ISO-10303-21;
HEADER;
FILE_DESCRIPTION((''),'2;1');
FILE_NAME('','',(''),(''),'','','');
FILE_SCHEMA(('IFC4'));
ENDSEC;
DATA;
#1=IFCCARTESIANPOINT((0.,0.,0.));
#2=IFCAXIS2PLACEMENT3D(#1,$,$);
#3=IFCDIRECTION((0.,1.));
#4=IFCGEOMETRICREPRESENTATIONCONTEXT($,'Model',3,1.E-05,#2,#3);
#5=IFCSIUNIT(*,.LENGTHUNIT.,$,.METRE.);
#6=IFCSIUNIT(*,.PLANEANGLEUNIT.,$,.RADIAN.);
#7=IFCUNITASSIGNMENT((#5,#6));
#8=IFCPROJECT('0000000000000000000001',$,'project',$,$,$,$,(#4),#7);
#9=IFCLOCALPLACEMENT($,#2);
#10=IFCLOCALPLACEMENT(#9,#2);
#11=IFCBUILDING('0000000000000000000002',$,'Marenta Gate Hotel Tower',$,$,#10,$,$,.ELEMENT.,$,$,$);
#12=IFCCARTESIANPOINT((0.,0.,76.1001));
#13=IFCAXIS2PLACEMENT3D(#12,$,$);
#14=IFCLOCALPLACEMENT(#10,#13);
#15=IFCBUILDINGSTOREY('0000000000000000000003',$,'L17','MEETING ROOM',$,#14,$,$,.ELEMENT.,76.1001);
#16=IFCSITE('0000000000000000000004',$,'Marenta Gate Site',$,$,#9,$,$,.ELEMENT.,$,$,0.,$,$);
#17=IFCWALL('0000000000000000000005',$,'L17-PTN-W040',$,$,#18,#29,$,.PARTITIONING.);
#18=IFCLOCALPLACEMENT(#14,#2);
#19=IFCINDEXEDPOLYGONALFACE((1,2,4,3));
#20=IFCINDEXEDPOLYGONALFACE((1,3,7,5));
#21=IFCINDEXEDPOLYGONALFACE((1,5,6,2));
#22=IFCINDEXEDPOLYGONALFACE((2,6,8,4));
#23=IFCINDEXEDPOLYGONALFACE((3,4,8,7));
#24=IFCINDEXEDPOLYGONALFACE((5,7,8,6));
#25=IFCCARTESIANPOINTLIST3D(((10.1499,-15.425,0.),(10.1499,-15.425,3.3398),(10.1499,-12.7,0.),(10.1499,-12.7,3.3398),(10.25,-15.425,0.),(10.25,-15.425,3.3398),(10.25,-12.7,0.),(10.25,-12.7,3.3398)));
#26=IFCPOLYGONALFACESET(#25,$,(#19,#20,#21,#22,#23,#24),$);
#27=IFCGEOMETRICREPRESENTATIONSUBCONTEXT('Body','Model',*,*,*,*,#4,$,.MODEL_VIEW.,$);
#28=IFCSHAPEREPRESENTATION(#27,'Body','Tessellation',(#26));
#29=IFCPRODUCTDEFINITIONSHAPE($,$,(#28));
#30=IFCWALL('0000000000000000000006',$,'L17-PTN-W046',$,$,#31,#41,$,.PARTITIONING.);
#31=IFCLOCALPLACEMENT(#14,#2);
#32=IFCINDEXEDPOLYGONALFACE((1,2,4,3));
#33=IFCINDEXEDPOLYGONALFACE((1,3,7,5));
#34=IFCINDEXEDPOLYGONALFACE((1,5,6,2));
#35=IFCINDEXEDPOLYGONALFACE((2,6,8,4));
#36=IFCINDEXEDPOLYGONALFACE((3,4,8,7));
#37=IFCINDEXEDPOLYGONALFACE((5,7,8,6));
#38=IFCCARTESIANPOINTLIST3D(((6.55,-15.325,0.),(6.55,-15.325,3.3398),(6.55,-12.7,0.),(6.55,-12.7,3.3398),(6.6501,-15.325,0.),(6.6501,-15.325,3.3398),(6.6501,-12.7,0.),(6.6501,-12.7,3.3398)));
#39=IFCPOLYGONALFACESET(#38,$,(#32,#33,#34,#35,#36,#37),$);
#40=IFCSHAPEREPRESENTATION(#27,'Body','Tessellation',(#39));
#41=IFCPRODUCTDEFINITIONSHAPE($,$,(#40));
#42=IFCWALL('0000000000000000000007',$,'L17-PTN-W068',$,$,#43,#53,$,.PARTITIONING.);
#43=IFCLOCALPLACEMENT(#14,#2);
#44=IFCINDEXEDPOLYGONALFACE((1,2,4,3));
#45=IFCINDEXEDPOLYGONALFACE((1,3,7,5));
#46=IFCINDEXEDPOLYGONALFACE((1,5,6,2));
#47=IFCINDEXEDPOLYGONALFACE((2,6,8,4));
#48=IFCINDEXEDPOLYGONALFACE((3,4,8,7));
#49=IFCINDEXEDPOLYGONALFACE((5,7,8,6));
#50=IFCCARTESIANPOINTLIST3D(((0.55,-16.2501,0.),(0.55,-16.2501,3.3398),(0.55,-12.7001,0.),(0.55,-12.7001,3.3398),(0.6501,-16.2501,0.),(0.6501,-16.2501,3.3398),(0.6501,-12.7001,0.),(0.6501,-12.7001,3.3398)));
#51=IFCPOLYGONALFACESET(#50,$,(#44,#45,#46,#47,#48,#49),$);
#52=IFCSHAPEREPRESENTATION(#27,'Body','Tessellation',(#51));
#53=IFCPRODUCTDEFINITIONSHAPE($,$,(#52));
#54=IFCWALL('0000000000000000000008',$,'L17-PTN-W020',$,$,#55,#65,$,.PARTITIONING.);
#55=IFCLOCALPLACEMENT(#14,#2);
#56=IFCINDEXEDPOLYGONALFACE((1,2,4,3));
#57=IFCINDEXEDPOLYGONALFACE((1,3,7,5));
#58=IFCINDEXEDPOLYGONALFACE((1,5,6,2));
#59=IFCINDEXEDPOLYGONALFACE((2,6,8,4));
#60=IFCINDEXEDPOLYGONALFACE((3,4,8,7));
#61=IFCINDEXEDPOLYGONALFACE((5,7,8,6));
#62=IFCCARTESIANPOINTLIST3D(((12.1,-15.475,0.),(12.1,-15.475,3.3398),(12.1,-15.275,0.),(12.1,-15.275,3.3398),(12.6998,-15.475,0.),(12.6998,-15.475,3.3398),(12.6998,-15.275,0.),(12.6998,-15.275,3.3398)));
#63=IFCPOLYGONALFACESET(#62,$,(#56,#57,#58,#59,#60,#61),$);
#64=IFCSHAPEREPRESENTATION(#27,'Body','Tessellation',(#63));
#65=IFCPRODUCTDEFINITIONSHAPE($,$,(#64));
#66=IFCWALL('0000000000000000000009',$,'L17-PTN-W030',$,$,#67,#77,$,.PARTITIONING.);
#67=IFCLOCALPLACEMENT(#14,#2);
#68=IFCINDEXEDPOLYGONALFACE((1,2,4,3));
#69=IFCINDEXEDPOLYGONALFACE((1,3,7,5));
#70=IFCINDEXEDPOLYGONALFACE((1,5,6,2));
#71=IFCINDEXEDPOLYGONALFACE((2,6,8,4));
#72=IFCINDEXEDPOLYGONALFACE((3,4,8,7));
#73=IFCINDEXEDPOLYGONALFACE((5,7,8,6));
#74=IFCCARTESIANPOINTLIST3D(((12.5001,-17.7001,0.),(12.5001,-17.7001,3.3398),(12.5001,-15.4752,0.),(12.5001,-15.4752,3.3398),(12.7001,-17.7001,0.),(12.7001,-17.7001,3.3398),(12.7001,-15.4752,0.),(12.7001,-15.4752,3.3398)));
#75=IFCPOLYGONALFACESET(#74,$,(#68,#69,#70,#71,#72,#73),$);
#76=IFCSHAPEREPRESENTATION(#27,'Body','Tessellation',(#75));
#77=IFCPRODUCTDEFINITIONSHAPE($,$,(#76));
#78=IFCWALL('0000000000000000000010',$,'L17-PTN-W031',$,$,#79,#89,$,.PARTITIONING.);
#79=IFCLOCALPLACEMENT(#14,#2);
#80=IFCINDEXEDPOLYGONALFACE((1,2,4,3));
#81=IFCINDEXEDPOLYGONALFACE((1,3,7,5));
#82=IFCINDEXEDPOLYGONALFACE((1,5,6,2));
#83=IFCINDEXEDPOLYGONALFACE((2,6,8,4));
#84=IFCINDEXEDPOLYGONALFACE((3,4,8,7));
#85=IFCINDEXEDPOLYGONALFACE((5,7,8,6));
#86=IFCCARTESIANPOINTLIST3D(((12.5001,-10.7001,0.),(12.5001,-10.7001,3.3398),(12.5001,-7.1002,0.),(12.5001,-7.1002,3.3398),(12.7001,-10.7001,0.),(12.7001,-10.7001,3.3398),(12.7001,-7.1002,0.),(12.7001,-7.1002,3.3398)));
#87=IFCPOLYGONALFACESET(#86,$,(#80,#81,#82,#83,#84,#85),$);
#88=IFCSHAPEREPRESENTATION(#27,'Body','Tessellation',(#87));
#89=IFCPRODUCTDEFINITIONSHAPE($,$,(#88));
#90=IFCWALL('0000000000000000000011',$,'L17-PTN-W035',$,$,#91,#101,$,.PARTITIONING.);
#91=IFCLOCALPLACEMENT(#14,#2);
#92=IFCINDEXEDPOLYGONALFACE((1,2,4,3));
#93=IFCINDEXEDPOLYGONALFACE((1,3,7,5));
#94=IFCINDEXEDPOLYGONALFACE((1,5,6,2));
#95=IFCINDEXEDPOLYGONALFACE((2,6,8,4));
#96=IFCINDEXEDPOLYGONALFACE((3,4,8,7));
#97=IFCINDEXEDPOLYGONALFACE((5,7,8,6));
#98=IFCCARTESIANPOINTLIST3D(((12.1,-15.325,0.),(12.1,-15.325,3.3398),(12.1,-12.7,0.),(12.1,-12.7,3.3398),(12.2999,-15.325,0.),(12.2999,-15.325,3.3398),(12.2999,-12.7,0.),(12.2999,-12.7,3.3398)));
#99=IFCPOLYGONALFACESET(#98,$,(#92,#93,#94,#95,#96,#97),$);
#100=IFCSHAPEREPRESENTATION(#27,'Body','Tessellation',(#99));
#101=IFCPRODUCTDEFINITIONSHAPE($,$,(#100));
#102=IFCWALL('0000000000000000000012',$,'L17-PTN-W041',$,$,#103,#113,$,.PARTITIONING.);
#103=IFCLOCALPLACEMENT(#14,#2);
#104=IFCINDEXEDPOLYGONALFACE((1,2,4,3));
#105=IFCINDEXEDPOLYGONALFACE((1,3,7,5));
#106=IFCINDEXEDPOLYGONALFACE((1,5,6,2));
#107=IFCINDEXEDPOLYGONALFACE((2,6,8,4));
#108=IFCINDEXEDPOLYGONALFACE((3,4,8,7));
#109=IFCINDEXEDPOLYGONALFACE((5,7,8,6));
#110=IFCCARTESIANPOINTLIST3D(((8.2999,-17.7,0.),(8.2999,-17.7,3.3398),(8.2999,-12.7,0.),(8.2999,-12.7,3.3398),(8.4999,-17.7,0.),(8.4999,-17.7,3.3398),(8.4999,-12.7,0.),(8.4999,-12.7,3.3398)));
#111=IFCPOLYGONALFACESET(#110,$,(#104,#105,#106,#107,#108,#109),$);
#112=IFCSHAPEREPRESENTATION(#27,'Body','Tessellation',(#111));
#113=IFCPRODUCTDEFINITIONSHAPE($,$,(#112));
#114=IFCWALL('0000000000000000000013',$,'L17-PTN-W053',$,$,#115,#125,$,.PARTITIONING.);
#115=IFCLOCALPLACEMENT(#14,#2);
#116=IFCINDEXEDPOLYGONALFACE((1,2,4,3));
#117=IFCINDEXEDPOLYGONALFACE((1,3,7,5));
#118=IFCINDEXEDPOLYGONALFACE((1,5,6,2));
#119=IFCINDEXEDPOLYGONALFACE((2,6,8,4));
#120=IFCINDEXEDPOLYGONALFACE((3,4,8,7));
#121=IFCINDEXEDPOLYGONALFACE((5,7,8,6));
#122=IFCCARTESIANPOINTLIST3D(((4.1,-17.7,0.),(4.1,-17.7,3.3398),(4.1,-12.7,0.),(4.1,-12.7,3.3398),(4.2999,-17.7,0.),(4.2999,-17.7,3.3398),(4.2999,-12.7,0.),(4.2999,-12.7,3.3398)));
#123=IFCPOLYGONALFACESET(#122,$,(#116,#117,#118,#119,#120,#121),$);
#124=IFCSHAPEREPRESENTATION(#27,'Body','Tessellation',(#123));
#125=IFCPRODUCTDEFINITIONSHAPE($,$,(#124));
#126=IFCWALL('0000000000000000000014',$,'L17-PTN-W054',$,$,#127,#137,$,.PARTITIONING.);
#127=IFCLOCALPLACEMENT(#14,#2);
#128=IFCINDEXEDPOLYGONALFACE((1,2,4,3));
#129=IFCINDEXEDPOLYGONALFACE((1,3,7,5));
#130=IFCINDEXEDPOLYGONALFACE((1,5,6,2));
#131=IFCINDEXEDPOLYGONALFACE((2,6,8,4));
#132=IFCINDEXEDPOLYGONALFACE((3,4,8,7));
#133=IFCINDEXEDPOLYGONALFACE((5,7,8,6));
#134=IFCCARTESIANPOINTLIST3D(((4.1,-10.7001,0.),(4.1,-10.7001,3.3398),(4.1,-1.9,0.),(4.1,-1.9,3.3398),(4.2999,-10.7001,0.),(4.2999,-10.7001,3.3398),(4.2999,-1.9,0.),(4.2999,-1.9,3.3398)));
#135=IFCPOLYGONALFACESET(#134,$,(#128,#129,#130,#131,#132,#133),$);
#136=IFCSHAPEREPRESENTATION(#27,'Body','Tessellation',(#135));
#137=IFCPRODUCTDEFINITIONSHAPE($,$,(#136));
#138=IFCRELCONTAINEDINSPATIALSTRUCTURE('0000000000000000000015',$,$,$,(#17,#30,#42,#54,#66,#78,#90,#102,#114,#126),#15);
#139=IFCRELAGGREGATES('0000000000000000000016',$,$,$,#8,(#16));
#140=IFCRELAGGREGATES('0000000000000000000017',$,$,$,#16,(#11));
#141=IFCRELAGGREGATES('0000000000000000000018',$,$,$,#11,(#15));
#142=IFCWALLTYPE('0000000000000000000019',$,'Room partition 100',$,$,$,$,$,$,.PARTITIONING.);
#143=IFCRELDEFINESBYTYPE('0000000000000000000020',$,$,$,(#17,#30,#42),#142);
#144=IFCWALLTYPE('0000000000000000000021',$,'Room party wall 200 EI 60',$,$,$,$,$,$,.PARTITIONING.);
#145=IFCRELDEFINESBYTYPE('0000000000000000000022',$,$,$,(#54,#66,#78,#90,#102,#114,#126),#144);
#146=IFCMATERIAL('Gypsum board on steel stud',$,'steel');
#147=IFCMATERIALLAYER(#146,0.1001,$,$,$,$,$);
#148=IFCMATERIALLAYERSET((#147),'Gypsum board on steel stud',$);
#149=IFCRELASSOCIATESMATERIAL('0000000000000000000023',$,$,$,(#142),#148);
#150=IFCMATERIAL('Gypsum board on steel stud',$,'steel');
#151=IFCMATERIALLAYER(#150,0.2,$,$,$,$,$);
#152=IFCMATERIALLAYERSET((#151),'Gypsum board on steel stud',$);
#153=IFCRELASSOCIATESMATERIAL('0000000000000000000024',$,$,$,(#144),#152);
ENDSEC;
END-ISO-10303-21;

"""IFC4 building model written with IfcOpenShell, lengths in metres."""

from ifc_helpers import new_model, si_unit, direction, frame, frame_2d, origin, place, context, subcontext, project, spatial, rectangle, extrude, material, layer, layer_set, type_object, element, save


model = new_model("IFC4")

# Units and contexts
model_context = context("Model", 3, precision=1e-05, world=origin(), true_north=direction((0.0, 1.0)))
body_context = subcontext(model_context, "Body", "Model", "MODEL_VIEW")
ifc_project = project(units=[si_unit("LENGTHUNIT", "METRE"), si_unit("PLANEANGLEUNIT", "RADIAN")], contexts=[model_context])

# Site, building, storey
site_placement = place(None, origin())
site = spatial("IfcSite", under=ifc_project, at=site_placement, Name="Marenta Gate Site", CompositionType="ELEMENT", RefElevation=0.0)
building_placement = place(site_placement, origin())
building = spatial("IfcBuilding", under=site, at=building_placement, Name="Marenta Gate Hotel Tower", CompositionType="ELEMENT")
storey_placement = place(building_placement, frame((0.0, 0.0, 76.1001)))
storey = spatial("IfcBuildingStorey", under=building, at=storey_placement, Name="L17", Description="MEETING ROOM", CompositionType="ELEMENT", Elevation=76.1001)

# Shared definitions
ifc_material_1 = material(Name="Gypsum board on steel stud", Category="steel")
ifc_layer_1 = layer(ifc_material_1, 0.1001)
ifc_layer_set_1 = layer_set([ifc_layer_1], Name="Gypsum board on steel stud")
wall_type_1 = type_object("IfcWallType", Name="Room partition 100", PredefinedType="PARTITIONING", material=ifc_layer_set_1)

# Walls
wall_1_placement = place(storey_placement, frame((10.2, -15.425, 0.0), z_axis=(0.0, 0.0, 1.0), x_axis=(0.0, 1.0, 0.0)))
element("IfcWall", 1, at=wall_1_placement, inside=storey, type_object=wall_type_1, Name="L17-PTN-W040", PredefinedType="PARTITIONING", context=body_context, shape_type="SweptSolid", body=[
    extrude(rectangle(XDim=2.7251, YDim=0.1001, at=frame_2d((1.3625, 0.0))), origin(), (0.0, 0.0, 1.0), 3.3398),
])
wall_2_placement = place(storey_placement, frame((6.6001, -15.325, 0.0), z_axis=(0.0, 0.0, 1.0), x_axis=(0.0, 1.0, 0.0)))
element("IfcWall", 2, at=wall_2_placement, inside=storey, type_object=wall_type_1, Name="L17-PTN-W046", PredefinedType="PARTITIONING", context=body_context, shape_type="SweptSolid", body=[
    extrude(rectangle(XDim=2.625, YDim=0.1001, at=frame_2d((1.3125, 0.0))), origin(), (0.0, 0.0, 1.0), 3.3398),
])
wall_3_placement = place(storey_placement, frame((0.6001, -16.25, 0.0), z_axis=(0.0, 0.0, 1.0), x_axis=(0.0, 1.0, 0.0)))
element("IfcWall", 3, at=wall_3_placement, inside=storey, type_object=wall_type_1, Name="L17-PTN-W068", PredefinedType="PARTITIONING", context=body_context, shape_type="SweptSolid", body=[
    extrude(rectangle(XDim=3.55, YDim=0.1001, at=frame_2d((1.7749, 0.0))), origin(), (0.0, 0.0, 1.0), 3.3398),
])
ifc_material_2 = material(Name="Gypsum board on steel stud", Category="steel")
ifc_layer_2 = layer(ifc_material_2, 0.2)
ifc_layer_set_2 = layer_set([ifc_layer_2], Name="Gypsum board on steel stud")
wall_type_2 = type_object("IfcWallType", Name="Room party wall 200 EI 60", PredefinedType="PARTITIONING", material=ifc_layer_set_2)
wall_4_placement = place(storey_placement, frame((12.1001, -15.375, 0.0), z_axis=(0.0, 0.0, 1.0), x_axis=(1.0, 0.0, 0.0)))
element("IfcWall", 4, at=wall_4_placement, inside=storey, type_object=wall_type_2, Name="L17-PTN-W020", PredefinedType="PARTITIONING", context=body_context, shape_type="SweptSolid", body=[
    extrude(rectangle(XDim=0.5999, YDim=0.2, at=frame_2d((0.2998, 0.0))), origin(), (0.0, 0.0, 1.0), 3.3398),
])
wall_5_placement = place(storey_placement, frame((12.6001, -17.7, 0.0), z_axis=(0.0, 0.0, 1.0), x_axis=(0.0, 1.0, 0.0)))
element("IfcWall", 5, at=wall_5_placement, inside=storey, type_object=wall_type_2, Name="L17-PTN-W030", PredefinedType="PARTITIONING", context=body_context, shape_type="SweptSolid", body=[
    extrude(rectangle(XDim=2.2249, YDim=0.2, at=frame_2d((1.1123, 0.0))), origin(), (0.0, 0.0, 1.0), 3.3398),
])
wall_6_placement = place(storey_placement, frame((12.6001, -10.7, 0.0), z_axis=(0.0, 0.0, 1.0), x_axis=(0.0, 1.0, 0.0)))
element("IfcWall", 6, at=wall_6_placement, inside=storey, type_object=wall_type_2, Name="L17-PTN-W031", PredefinedType="PARTITIONING", context=body_context, shape_type="SweptSolid", body=[
    extrude(rectangle(XDim=3.5999, YDim=0.2, at=frame_2d((1.7998, 0.0))), origin(), (0.0, 0.0, 1.0), 3.3398),
])
wall_7_placement = place(storey_placement, frame((12.2, -15.325, 0.0), z_axis=(0.0, 0.0, 1.0), x_axis=(0.0, 1.0, 0.0)))
element("IfcWall", 7, at=wall_7_placement, inside=storey, type_object=wall_type_2, Name="L17-PTN-W035", PredefinedType="PARTITIONING", context=body_context, shape_type="SweptSolid", body=[
    extrude(rectangle(XDim=2.625, YDim=0.2, at=frame_2d((1.3125, 0.0))), origin(), (0.0, 0.0, 1.0), 3.3398),
])
for number, where, z_axis, x_axis, name in (
    (8, (8.3999, -17.7, 0.0), (0.0, 0.0, 1.0), (0.0, 1.0, 0.0), "L17-PTN-W041"),
    (9, (4.2, -17.7, 0.0), (0.0, 0.0, 1.0), (0.0, 1.0, 0.0), "L17-PTN-W053"),
):
    element("IfcWall", number, at=place(storey_placement, frame(where, z_axis=z_axis, x_axis=x_axis)), inside=storey, type_object=wall_type_2, Name=name, PredefinedType="PARTITIONING", context=body_context, shape_type="SweptSolid", body=[
        extrude(rectangle(XDim=5.0, YDim=0.2, at=frame_2d((2.5, 0.0))), origin(), (0.0, 0.0, 1.0), 3.3398),
    ])
wall_8_placement = place(storey_placement, frame((4.2, -10.7, 0.0), z_axis=(0.0, 0.0, 1.0), x_axis=(0.0, 1.0, 0.0)))
element("IfcWall", 10, at=wall_8_placement, inside=storey, type_object=wall_type_2, Name="L17-PTN-W054", PredefinedType="PARTITIONING", context=body_context, shape_type="SweptSolid", body=[
    extrude(rectangle(XDim=8.8, YDim=0.2, at=frame_2d((4.3999, 0.0))), origin(), (0.0, 0.0, 1.0), 3.3398),
])

save(model, "model.ifc")
